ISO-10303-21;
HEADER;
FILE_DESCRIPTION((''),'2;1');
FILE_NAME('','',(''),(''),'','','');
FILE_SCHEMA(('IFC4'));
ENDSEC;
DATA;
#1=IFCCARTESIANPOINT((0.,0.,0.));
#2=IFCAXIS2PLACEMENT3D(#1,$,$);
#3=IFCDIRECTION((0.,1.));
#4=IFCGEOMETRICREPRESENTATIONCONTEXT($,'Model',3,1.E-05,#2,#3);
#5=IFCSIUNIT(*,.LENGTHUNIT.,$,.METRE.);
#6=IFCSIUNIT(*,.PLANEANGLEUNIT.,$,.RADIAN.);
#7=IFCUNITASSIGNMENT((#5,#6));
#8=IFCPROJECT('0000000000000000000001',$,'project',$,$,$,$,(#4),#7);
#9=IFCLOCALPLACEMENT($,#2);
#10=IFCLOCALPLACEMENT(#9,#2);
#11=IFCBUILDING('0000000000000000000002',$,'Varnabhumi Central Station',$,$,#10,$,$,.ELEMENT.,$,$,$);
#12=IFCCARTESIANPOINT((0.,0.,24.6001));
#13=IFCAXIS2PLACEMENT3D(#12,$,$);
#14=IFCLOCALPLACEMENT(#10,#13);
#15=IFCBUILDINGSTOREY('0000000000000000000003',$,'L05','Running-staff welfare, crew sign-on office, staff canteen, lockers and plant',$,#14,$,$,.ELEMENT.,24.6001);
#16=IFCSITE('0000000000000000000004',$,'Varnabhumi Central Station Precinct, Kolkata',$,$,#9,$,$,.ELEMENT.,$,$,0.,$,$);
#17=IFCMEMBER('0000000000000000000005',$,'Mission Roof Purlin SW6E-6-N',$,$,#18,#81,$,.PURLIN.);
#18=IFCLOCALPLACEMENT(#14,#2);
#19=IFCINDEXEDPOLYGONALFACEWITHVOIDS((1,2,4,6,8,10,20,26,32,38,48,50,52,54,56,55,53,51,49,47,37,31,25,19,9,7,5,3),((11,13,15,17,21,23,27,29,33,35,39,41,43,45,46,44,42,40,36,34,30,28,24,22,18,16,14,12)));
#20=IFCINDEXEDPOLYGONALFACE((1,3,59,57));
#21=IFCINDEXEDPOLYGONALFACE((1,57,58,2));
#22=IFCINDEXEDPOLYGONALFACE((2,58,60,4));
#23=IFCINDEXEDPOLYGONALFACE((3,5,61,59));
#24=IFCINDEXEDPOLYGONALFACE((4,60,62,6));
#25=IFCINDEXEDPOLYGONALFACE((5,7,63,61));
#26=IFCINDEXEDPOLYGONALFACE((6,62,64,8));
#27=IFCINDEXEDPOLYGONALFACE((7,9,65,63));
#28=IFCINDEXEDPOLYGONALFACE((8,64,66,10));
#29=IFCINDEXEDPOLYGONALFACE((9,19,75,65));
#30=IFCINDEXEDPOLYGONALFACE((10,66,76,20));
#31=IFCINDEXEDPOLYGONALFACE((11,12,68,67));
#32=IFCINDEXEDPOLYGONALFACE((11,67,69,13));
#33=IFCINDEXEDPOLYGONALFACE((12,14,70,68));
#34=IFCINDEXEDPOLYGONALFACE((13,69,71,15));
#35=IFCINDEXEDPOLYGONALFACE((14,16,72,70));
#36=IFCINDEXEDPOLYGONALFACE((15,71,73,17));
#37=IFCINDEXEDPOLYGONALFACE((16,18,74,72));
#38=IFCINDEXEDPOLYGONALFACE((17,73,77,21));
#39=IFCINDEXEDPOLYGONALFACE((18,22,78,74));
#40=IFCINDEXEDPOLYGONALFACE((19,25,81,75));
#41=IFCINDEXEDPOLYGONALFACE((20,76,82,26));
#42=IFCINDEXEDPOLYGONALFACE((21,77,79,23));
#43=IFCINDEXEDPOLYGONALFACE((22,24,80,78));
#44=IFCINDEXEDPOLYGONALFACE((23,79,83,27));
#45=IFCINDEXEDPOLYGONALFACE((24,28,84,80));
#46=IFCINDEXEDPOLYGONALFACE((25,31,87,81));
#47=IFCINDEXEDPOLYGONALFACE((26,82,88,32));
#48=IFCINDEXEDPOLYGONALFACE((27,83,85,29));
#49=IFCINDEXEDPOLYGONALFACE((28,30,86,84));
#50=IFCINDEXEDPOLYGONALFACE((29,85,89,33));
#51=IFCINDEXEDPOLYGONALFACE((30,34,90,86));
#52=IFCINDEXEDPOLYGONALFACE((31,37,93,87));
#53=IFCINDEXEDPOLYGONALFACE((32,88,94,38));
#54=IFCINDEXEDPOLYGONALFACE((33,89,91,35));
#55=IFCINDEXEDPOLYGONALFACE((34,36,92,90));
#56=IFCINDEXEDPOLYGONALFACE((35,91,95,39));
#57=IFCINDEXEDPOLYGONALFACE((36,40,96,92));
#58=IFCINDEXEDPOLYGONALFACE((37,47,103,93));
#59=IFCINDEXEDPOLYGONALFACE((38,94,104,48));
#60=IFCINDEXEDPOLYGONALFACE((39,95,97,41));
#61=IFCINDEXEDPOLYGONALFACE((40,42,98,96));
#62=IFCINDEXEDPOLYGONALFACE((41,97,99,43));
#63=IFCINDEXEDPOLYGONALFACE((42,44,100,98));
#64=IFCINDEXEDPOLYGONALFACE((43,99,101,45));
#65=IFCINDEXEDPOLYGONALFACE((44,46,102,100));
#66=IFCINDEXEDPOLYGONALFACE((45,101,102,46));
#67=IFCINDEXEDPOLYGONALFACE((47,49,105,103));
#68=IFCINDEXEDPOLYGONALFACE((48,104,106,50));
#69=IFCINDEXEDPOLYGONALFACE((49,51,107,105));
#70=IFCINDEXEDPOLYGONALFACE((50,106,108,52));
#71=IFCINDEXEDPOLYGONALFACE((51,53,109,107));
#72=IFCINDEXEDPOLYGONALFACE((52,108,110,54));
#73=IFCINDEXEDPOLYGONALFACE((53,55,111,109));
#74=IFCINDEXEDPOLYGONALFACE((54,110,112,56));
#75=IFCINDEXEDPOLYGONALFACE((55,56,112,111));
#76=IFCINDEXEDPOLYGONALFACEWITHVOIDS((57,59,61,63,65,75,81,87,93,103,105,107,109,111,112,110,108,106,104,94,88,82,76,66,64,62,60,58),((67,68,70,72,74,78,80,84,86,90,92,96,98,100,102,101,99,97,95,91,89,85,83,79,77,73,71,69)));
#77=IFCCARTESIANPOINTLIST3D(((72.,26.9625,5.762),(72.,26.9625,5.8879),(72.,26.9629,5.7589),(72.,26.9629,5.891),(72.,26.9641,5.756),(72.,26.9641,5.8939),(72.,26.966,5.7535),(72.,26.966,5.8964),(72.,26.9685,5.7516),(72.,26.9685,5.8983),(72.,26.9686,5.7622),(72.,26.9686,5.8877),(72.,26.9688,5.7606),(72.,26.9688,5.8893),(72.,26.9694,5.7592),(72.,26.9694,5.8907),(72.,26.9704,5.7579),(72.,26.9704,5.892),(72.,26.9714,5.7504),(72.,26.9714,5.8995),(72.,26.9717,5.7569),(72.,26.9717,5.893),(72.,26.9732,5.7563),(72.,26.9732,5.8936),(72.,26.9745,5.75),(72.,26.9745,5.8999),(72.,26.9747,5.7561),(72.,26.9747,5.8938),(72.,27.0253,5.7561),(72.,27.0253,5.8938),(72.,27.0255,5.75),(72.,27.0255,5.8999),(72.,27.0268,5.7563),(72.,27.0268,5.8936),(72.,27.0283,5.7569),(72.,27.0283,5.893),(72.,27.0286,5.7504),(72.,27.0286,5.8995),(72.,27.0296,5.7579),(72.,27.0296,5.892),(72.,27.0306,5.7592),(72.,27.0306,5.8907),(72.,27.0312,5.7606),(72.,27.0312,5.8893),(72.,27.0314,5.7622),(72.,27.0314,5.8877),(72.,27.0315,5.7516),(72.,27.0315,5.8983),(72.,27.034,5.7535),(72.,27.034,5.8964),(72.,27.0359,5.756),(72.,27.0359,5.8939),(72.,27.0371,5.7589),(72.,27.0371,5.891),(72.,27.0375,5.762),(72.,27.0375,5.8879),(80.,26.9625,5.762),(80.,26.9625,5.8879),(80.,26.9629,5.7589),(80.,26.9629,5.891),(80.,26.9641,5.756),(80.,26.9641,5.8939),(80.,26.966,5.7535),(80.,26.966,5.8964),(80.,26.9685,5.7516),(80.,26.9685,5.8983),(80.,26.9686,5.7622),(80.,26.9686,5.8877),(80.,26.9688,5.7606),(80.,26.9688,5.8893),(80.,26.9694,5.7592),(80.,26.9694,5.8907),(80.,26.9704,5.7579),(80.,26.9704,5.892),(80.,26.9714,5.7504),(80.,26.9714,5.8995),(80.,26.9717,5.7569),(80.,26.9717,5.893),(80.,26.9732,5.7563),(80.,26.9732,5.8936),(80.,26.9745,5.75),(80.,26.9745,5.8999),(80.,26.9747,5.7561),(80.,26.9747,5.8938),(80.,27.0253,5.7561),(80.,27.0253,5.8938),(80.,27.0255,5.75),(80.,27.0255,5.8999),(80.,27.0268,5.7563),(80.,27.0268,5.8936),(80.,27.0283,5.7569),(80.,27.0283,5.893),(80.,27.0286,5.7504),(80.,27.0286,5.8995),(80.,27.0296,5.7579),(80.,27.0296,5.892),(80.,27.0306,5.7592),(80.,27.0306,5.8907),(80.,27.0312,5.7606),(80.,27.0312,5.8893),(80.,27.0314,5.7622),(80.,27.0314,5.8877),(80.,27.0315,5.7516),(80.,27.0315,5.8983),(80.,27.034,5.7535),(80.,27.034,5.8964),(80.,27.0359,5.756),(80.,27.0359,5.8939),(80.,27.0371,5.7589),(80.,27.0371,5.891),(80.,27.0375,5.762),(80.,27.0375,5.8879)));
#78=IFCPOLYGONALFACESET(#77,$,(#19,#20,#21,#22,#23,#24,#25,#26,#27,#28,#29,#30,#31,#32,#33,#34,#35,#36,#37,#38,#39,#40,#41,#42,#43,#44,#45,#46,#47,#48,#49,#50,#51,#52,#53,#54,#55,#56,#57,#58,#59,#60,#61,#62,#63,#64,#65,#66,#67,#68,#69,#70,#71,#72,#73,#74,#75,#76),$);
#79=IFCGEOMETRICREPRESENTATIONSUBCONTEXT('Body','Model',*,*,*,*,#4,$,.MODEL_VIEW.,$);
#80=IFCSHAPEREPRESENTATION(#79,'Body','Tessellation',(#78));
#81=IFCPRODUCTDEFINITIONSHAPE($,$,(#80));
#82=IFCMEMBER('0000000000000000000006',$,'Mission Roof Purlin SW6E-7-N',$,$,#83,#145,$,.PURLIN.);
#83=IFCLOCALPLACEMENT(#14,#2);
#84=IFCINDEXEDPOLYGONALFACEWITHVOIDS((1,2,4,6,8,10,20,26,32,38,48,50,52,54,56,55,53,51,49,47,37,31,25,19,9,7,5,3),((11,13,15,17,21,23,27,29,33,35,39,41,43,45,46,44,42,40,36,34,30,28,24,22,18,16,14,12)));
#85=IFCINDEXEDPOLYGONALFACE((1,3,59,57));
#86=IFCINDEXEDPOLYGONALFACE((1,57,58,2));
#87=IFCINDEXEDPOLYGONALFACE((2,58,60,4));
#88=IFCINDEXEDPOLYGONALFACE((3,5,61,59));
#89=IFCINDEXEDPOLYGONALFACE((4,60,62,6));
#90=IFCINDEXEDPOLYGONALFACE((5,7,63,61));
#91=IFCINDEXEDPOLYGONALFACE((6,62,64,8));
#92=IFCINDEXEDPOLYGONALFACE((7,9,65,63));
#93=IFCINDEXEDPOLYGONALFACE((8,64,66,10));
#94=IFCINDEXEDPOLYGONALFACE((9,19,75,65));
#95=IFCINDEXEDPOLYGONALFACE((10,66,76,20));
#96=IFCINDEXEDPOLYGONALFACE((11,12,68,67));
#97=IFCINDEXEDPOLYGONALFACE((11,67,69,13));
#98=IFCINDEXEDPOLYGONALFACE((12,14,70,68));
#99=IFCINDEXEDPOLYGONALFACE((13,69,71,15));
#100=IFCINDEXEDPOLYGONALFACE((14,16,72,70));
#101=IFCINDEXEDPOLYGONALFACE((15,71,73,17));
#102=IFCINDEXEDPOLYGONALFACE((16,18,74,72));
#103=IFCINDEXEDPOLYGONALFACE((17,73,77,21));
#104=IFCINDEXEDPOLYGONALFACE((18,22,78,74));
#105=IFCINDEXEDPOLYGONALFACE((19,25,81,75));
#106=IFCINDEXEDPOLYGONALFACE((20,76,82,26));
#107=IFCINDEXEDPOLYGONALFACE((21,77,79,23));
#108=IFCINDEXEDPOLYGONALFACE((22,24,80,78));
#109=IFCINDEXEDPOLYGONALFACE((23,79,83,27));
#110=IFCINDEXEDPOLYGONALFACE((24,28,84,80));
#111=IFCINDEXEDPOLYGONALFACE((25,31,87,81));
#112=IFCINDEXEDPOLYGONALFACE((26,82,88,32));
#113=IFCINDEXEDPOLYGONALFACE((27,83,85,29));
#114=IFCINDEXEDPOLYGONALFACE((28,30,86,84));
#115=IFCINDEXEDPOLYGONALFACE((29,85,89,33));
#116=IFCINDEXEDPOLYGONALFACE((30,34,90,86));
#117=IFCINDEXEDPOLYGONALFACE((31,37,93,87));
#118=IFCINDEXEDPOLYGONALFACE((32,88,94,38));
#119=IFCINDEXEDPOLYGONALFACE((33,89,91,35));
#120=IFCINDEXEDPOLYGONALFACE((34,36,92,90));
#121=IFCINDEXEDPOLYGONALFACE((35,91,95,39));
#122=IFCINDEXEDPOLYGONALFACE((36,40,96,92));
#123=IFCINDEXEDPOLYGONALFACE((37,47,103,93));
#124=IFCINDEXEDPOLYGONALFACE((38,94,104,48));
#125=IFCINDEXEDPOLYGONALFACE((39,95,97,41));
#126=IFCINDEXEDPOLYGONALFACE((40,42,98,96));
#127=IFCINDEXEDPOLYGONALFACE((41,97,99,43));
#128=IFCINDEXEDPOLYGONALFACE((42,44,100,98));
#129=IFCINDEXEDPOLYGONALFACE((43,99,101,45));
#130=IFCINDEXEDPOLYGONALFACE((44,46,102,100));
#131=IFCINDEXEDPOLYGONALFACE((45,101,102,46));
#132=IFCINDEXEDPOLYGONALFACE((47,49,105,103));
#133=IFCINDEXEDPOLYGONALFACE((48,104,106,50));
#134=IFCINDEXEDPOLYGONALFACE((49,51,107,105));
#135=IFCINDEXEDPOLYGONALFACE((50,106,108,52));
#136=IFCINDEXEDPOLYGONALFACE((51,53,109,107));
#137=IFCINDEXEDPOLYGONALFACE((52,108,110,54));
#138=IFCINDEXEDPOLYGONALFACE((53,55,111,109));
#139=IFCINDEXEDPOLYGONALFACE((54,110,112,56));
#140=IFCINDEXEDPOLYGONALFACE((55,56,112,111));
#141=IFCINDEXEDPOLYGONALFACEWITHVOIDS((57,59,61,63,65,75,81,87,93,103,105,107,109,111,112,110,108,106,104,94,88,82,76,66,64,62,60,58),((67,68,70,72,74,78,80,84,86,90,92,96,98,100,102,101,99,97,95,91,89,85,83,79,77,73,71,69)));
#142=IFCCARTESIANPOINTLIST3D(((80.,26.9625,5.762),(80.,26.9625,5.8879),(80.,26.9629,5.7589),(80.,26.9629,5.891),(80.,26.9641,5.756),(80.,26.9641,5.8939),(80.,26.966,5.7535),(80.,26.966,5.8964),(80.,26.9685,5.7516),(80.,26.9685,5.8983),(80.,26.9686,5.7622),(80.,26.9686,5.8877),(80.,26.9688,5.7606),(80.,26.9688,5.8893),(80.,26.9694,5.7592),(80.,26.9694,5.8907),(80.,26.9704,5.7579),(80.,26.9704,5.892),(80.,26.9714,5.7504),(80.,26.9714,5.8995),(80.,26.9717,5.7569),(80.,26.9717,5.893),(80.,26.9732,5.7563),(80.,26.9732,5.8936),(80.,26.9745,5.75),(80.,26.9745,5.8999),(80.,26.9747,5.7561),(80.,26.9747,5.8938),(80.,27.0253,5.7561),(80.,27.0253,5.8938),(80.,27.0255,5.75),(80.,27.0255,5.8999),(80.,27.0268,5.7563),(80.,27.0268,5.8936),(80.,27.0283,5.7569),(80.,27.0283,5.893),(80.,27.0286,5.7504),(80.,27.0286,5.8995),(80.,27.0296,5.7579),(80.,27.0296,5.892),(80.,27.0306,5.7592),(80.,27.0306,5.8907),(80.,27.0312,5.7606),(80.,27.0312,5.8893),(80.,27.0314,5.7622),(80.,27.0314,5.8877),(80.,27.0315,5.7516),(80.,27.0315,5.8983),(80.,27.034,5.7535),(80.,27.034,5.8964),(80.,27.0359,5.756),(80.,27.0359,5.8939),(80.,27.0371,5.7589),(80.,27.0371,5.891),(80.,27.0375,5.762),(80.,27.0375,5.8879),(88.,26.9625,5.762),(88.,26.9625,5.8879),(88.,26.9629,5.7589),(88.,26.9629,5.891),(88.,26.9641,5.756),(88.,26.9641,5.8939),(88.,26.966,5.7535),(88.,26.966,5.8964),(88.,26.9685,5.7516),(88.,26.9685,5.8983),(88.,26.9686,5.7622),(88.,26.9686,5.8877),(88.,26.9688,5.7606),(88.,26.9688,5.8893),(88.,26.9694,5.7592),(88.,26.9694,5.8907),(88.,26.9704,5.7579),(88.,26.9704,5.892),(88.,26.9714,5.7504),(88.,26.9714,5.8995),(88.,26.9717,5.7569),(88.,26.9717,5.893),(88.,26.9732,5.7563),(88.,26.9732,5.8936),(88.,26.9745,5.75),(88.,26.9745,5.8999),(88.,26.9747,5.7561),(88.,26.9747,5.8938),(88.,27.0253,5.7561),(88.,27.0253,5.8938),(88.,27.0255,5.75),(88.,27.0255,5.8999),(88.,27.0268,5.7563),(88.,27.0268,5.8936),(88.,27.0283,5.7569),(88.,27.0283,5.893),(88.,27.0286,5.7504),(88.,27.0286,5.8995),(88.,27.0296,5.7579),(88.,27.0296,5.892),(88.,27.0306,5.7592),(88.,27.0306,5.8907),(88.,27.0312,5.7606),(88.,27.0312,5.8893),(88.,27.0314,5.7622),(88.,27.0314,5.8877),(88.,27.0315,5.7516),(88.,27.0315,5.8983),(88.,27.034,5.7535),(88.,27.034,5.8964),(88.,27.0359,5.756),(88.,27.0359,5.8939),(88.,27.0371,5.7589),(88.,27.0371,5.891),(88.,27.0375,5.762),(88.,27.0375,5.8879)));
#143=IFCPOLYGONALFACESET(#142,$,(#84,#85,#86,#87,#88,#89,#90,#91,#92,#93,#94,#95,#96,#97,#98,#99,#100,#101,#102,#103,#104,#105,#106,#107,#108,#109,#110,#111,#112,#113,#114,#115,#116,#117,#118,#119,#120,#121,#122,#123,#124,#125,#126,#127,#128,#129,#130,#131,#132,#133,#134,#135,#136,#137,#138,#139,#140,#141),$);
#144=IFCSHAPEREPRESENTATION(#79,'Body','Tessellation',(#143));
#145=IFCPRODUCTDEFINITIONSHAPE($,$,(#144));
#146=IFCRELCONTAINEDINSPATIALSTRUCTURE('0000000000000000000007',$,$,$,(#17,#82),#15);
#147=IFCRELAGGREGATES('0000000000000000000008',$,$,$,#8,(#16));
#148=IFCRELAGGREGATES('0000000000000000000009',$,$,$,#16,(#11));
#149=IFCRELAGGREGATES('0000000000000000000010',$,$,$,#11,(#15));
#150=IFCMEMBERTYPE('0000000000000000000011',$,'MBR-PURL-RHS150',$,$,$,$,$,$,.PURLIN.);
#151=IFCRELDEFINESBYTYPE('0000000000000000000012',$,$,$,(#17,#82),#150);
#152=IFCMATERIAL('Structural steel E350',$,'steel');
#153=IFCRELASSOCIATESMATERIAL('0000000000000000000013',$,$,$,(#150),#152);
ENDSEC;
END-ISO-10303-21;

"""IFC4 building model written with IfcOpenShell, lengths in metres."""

from ifc_helpers import new_model, si_unit, direction, frame, origin, origin_2d, place, context, subcontext, project, spatial, hollow_rectangle, extrude, material, material_profile, profile_set, type_object, element, save


model = new_model("IFC4")

# Units and contexts
model_context = context("Model", 3, precision=1e-05, world=origin(), true_north=direction((0.0, 1.0)))
body_context = subcontext(model_context, "Body", "Model", "MODEL_VIEW")
ifc_project = project(units=[si_unit("LENGTHUNIT", "METRE"), si_unit("PLANEANGLEUNIT", "RADIAN")], contexts=[model_context])

# Site, building, storey
site_placement = place(None, origin())
site = spatial("IfcSite", under=ifc_project, at=site_placement, Name="Varnabhumi Central Station Precinct, Kolkata", CompositionType="ELEMENT", RefElevation=0.0)
building_placement = place(site_placement, origin())
building = spatial("IfcBuilding", under=site, at=building_placement, Name="Varnabhumi Central Station", CompositionType="ELEMENT")
storey_placement = place(building_placement, frame((0.0, 0.0, 24.6001)))
storey = spatial("IfcBuildingStorey", under=building, at=storey_placement, Name="L05", Description="Running-staff welfare, crew sign-on office, staff canteen, lockers and plant", CompositionType="ELEMENT", Elevation=24.6001)

# Shared definitions
ifc_material_1 = material(Name="Structural steel E350", Category="steel")

# Members
ifc_material_profile_1 = material_profile(ifc_material_1, hollow_rectangle(XDim=0.075, YDim=0.1499, WallThickness=0.0061, InnerFilletRadius=0.0061, OuterFilletRadius=0.012, at=origin_2d()), Name="Structural steel E350", Category="steel")
ifc_profile_set_1 = profile_set([ifc_material_profile_1], Name="Structural steel E350")
member_type_1 = type_object("IfcMemberType", Name="MBR-PURL-RHS150", PredefinedType="PURLIN", material=ifc_profile_set_1)
for number, where, z_axis, x_axis, name in (
    (1, (72.0, 27.0, 5.825), (1.0, 0.0, 0.0), (0.0, 1.0, 0.0), "Mission Roof Purlin SW6E-6-N"),
    (2, (80.0, 27.0, 5.825), (1.0, 0.0, 0.0), (0.0, 1.0, 0.0), "Mission Roof Purlin SW6E-7-N"),
):
    element("IfcMember", number, at=place(storey_placement, frame(where, z_axis=z_axis, x_axis=x_axis)), inside=storey, type_object=member_type_1, Name=name, PredefinedType="PURLIN", context=body_context, shape_type="SweptSolid", body=[
        extrude(hollow_rectangle(XDim=0.075, YDim=0.1499, WallThickness=0.0061, InnerFilletRadius=0.0061, OuterFilletRadius=0.012, at=origin_2d()), origin(), (0.0, 0.0, 1.0), 8.0),
    ])

save(model, "model.ifc")
